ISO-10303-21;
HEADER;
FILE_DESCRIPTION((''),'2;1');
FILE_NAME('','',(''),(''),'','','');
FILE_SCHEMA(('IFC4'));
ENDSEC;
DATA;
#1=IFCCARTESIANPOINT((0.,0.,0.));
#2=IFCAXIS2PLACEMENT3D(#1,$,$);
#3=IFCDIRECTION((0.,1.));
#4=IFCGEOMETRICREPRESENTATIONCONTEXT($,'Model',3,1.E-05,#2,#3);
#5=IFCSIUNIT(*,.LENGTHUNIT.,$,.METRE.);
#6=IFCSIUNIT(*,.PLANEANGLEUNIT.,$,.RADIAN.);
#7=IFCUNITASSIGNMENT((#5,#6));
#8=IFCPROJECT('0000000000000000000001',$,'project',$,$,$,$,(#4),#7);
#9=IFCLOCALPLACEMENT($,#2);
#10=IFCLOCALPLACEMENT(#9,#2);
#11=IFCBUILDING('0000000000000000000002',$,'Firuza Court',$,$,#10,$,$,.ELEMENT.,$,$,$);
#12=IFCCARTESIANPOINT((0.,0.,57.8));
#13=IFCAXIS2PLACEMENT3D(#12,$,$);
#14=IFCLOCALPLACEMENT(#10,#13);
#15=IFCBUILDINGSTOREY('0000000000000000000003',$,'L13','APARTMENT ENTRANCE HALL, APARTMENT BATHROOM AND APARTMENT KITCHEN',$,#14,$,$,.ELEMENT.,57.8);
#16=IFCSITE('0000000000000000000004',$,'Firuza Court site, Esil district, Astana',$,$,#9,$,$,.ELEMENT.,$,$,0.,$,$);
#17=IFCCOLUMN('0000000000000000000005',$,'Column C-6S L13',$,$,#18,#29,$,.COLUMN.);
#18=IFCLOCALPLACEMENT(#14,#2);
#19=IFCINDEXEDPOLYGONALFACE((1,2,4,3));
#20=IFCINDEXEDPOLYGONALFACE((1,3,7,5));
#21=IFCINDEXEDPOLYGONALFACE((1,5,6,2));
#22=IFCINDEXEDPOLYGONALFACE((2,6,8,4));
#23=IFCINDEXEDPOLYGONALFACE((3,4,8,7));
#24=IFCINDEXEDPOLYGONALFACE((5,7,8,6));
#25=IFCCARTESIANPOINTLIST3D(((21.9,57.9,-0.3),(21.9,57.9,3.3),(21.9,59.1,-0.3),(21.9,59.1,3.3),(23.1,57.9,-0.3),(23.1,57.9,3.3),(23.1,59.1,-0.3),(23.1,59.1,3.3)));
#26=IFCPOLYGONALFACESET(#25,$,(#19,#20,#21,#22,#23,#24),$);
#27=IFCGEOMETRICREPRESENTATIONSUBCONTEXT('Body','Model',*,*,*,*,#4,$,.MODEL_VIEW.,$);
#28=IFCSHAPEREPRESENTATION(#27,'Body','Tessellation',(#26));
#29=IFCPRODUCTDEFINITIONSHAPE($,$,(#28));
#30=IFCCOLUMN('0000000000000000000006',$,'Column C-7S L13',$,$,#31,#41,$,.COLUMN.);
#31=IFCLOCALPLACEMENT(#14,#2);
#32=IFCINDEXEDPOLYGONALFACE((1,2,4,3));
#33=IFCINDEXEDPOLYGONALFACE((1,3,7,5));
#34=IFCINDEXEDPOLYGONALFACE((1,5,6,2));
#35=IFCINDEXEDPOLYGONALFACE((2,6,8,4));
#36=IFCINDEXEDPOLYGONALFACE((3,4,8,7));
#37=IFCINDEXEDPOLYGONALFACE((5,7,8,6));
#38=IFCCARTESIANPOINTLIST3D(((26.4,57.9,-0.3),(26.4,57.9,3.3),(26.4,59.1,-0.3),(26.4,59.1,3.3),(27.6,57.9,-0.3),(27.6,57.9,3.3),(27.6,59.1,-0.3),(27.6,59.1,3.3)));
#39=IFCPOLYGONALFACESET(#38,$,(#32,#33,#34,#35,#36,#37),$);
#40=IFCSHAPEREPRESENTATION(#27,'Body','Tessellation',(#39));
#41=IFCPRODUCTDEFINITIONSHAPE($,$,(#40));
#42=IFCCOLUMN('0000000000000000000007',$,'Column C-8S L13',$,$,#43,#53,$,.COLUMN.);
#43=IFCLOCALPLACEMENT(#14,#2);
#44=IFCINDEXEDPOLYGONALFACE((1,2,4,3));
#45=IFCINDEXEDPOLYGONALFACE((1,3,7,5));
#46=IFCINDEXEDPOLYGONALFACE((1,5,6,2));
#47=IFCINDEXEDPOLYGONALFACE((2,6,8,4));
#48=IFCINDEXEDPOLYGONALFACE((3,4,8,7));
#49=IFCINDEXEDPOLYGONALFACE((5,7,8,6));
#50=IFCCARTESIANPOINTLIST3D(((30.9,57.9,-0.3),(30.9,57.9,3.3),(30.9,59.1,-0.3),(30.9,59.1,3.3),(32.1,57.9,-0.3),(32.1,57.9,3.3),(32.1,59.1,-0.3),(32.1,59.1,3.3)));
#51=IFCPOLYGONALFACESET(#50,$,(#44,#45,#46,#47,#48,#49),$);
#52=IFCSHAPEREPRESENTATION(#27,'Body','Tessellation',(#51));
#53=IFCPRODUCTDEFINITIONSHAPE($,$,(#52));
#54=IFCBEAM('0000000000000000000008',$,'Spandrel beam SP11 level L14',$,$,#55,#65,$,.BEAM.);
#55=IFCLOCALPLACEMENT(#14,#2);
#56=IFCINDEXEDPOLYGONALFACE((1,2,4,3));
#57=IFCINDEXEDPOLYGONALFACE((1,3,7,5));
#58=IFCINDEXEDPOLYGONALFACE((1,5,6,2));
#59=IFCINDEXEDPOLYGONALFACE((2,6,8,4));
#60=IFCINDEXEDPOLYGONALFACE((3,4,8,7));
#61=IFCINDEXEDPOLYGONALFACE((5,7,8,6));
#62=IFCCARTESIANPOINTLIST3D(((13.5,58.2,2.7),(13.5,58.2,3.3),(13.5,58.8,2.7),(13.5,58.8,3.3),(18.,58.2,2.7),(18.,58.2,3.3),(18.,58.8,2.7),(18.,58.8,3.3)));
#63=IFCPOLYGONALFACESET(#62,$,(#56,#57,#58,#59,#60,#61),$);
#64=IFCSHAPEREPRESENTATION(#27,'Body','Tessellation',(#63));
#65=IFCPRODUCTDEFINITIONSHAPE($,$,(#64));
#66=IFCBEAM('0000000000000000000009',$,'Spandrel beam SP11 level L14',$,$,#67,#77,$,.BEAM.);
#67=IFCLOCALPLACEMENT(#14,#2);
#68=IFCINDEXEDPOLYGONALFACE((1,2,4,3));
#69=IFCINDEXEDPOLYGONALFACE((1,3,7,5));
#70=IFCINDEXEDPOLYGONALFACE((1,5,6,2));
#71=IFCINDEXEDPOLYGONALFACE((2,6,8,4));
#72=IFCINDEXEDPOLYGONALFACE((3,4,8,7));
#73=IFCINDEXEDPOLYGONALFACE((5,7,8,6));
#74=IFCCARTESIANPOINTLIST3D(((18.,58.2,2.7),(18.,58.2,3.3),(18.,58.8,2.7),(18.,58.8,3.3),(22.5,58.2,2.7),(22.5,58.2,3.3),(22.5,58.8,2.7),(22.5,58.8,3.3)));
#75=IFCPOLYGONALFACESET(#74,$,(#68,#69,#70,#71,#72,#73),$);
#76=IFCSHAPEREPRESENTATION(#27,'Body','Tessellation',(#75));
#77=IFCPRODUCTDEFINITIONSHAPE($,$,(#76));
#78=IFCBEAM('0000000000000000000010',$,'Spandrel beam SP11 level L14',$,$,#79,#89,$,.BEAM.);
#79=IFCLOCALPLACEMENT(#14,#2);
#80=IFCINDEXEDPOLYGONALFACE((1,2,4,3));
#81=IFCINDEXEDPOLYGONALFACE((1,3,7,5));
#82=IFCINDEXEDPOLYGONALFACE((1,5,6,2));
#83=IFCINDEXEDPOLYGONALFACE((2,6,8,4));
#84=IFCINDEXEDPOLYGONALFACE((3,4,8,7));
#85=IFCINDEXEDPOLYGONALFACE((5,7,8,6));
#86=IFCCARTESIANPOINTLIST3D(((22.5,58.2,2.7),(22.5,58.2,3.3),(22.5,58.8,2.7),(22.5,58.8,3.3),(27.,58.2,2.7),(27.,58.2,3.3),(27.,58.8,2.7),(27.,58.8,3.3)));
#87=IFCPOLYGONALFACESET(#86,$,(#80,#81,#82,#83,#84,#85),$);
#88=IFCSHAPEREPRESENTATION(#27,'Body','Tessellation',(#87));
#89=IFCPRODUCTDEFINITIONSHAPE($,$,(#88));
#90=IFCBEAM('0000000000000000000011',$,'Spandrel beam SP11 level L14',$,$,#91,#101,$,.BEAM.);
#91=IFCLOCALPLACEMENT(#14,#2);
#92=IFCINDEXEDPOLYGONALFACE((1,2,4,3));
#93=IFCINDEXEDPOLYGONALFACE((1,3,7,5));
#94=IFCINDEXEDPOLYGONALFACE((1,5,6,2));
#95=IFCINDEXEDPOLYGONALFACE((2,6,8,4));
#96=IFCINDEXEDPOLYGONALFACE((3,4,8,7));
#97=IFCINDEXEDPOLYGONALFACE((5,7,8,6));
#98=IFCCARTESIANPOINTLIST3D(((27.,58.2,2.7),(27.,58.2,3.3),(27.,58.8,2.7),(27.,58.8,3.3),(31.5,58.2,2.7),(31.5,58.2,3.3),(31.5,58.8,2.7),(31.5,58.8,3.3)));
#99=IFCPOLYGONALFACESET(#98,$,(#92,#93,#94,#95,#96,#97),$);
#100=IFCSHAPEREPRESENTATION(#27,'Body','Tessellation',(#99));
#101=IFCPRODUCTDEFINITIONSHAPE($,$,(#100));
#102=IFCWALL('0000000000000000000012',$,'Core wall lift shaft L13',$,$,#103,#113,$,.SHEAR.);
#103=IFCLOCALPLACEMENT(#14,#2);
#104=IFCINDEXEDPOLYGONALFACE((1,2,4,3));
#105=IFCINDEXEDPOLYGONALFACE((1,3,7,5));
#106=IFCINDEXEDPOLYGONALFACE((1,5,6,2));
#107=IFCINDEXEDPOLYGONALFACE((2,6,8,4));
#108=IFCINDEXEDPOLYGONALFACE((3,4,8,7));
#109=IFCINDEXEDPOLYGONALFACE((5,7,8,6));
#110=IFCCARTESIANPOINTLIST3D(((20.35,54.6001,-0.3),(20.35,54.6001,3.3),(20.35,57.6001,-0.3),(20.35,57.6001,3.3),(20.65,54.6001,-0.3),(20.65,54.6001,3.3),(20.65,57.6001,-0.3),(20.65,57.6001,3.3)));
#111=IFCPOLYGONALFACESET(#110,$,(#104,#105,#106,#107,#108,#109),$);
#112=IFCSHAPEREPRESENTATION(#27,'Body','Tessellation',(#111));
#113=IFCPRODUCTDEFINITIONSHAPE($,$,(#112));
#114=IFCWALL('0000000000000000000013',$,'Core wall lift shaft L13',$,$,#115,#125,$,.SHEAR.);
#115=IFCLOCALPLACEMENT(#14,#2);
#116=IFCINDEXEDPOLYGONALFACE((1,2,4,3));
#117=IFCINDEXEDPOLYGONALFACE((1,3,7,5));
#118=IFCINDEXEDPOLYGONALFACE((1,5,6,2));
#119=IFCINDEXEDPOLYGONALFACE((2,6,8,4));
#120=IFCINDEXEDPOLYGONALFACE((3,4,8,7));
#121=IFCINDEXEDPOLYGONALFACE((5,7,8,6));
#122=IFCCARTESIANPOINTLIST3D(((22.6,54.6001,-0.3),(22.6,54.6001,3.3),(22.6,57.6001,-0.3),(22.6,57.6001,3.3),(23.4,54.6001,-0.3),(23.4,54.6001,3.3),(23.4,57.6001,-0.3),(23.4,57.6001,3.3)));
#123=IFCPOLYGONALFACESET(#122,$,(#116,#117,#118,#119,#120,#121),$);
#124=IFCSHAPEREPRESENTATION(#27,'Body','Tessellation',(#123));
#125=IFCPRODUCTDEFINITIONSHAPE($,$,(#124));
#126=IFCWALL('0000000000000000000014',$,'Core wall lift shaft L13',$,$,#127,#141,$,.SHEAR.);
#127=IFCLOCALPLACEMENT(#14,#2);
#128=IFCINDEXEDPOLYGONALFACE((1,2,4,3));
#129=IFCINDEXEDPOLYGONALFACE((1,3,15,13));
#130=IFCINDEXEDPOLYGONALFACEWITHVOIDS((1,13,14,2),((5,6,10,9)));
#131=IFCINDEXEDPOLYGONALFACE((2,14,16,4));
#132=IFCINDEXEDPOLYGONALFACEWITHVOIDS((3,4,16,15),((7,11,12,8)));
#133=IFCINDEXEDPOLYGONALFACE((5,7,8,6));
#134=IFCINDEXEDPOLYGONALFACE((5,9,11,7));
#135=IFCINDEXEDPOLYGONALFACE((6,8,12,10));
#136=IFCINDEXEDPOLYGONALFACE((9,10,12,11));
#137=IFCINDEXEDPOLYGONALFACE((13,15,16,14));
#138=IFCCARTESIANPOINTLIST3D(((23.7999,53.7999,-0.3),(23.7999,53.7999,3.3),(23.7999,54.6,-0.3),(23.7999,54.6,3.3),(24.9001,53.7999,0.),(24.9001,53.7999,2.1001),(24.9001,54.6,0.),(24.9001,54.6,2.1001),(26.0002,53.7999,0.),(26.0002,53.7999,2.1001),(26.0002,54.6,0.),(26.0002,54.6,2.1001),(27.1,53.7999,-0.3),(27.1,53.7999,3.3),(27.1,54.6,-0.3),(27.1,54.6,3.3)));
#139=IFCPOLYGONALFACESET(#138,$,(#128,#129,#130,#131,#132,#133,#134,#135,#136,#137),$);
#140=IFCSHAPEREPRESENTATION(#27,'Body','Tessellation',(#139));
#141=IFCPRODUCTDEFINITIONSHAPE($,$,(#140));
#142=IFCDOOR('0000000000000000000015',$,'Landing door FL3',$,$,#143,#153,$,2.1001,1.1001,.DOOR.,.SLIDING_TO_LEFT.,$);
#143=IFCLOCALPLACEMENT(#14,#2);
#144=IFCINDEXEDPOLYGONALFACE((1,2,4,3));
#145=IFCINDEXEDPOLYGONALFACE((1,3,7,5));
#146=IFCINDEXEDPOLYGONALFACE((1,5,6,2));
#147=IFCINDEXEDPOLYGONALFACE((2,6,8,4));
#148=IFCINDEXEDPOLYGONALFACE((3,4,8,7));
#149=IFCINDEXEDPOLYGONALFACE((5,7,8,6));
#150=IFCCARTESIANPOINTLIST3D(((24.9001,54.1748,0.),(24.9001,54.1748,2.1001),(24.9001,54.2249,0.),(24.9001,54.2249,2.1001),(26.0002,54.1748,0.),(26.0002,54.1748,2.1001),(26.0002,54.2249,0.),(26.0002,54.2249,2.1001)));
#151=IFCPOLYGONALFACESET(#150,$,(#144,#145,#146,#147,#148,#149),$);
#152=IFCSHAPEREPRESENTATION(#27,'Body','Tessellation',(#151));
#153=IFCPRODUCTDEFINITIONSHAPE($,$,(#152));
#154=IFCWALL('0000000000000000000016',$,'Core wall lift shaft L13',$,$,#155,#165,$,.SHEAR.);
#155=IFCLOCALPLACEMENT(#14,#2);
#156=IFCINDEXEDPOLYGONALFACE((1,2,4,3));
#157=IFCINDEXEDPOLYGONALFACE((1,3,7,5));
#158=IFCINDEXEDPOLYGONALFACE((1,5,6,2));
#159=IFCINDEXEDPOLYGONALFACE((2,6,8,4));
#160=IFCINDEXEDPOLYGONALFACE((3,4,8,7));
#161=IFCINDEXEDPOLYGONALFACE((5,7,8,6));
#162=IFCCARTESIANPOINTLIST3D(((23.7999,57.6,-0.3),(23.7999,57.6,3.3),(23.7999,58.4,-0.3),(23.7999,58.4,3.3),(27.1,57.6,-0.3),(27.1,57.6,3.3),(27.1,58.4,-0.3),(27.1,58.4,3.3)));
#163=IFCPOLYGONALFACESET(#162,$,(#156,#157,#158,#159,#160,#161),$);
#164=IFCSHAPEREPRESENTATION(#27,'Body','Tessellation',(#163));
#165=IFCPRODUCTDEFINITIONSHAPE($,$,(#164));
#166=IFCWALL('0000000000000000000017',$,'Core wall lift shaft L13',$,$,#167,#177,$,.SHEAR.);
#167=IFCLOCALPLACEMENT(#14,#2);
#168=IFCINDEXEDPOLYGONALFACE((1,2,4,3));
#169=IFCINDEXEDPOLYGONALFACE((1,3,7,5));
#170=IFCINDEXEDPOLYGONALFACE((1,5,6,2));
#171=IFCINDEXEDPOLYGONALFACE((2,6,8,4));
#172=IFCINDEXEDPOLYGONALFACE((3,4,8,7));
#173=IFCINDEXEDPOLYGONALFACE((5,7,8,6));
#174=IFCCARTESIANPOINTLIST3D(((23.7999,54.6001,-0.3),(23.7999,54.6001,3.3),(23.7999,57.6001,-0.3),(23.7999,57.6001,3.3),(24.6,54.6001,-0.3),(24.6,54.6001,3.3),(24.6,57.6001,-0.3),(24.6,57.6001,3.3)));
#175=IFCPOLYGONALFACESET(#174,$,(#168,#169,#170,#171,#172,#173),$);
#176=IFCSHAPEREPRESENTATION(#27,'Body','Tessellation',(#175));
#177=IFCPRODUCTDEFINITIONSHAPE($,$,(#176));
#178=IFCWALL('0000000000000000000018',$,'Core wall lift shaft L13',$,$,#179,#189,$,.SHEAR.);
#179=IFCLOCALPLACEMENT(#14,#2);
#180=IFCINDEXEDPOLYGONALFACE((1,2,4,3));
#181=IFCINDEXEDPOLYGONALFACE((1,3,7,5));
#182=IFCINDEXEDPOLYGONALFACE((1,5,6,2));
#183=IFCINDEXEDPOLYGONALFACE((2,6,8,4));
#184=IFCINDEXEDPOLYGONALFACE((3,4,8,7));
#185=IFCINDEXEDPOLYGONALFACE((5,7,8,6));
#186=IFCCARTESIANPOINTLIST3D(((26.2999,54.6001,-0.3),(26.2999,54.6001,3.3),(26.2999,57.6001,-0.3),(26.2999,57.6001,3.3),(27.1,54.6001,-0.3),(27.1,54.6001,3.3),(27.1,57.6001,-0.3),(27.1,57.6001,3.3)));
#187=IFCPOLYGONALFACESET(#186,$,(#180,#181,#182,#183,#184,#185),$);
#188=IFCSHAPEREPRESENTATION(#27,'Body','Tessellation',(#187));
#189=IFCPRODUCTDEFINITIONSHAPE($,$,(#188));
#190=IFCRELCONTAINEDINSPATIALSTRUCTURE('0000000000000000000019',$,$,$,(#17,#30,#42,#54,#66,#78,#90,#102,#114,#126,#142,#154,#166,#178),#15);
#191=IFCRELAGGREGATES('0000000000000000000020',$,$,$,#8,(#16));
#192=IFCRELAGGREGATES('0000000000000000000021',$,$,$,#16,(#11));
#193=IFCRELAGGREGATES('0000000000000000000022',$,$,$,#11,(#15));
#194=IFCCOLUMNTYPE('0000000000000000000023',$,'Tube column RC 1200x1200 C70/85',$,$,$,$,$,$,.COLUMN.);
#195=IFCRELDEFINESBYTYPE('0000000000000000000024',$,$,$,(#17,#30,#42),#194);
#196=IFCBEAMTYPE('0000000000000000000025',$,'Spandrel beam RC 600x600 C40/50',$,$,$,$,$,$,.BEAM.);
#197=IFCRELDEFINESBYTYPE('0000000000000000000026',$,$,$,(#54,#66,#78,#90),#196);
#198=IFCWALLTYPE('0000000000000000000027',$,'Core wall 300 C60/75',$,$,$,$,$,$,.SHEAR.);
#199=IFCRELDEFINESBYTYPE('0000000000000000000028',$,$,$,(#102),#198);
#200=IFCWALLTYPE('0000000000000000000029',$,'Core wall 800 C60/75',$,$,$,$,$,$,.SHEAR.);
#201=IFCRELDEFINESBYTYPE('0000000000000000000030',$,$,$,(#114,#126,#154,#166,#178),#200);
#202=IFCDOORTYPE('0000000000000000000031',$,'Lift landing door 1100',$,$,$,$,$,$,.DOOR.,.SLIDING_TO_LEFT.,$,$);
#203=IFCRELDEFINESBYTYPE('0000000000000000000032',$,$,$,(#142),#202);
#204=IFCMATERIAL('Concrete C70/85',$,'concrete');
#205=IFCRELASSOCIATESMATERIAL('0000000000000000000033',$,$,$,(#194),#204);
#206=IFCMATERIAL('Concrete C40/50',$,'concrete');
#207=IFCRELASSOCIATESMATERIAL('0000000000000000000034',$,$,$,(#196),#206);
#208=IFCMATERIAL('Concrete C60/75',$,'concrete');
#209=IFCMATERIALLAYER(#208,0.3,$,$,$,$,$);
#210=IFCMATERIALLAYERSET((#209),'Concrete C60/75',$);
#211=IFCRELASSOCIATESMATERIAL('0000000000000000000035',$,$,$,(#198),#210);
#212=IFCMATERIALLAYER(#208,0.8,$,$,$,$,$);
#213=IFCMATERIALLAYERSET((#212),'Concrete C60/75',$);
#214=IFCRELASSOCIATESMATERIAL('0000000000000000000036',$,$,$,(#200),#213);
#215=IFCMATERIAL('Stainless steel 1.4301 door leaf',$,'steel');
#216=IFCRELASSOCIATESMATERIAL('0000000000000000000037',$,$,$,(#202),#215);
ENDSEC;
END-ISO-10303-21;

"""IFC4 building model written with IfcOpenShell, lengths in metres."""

from ifc_helpers import new_model, si_unit, direction, frame, frame_2d, origin, origin_2d, place, context, subcontext, project, spatial, rectangle, extrude, material, layer, layer_set, material_profile, profile_set, type_object, element, fill, save


model = new_model("IFC4")

# Units and contexts
model_context = context("Model", 3, precision=1e-05, world=origin(), true_north=direction((0.0, 1.0)))
body_context = subcontext(model_context, "Body", "Model", "MODEL_VIEW")
ifc_project = project(units=[si_unit("LENGTHUNIT", "METRE"), si_unit("PLANEANGLEUNIT", "RADIAN")], contexts=[model_context])

# Site, building, storey
site_placement = place(None, origin())
site = spatial("IfcSite", under=ifc_project, at=site_placement, Name="Firuza Court site, Esil district, Astana", CompositionType="ELEMENT", RefElevation=0.0)
building_placement = place(site_placement, origin())
building = spatial("IfcBuilding", under=site, at=building_placement, Name="Firuza Court", CompositionType="ELEMENT")
storey_placement = place(building_placement, frame((0.0, 0.0, 57.8)))
storey = spatial("IfcBuildingStorey", under=building, at=storey_placement, Name="L13", Description="APARTMENT ENTRANCE HALL, APARTMENT BATHROOM AND APARTMENT KITCHEN", CompositionType="ELEMENT", Elevation=57.8)

# Columns
ifc_material_1 = material(Name="Concrete C70/85", Category="concrete")
ifc_material_profile_1 = material_profile(ifc_material_1, rectangle(XDim=1.2, YDim=1.2, at=origin_2d()), Name="RC 1200x1200")
ifc_profile_set_1 = profile_set([ifc_material_profile_1], Name="Concrete C70/85")
column_type = type_object("IfcColumnType", Name="Tube column RC 1200x1200 C70/85", PredefinedType="COLUMN", material=ifc_profile_set_1)
for number, where, z_axis, x_axis, name in (
    (1, (22.5, 58.5, -0.3), (0.0, 0.0, 1.0), (1.0, 0.0, 0.0), "Column C-6S L13"),
    (2, (27.0, 58.5, -0.3), (0.0, 0.0, 1.0), (1.0, 0.0, 0.0), "Column C-7S L13"),
    (3, (31.5, 58.5, -0.3), (0.0, 0.0, 1.0), (1.0, 0.0, 0.0), "Column C-8S L13"),
):
    element("IfcColumn", number, at=place(storey_placement, frame(where, z_axis=z_axis, x_axis=x_axis)), inside=storey, type_object=column_type, Name=name, PredefinedType="COLUMN", context=body_context, shape_type="SweptSolid", body=[
        extrude(rectangle(XDim=1.2, YDim=1.2, at=origin_2d()), origin(), (0.0, 0.0, 1.0), 3.6001),
    ])

# Beams
ifc_material_2 = material(Name="Concrete C40/50", Category="concrete")
ifc_material_profile_2 = material_profile(ifc_material_2, rectangle(XDim=0.6001, YDim=0.6001, at=origin_2d()), Name="RC 600x600")
ifc_profile_set_2 = profile_set([ifc_material_profile_2], Name="Concrete C40/50")
beam_type = type_object("IfcBeamType", Name="Spandrel beam RC 600x600 C40/50", PredefinedType="BEAM", material=ifc_profile_set_2)
for number, where, z_axis, x_axis, name in (
    (4, (18.0, 58.5, 3.0), (-1.0, 0.0, 0.0), (0.0, -1.0, 0.0), "Spandrel beam SP11 level L14"),
    (5, (22.5, 58.5, 3.0), (-1.0, 0.0, 0.0), (0.0, -1.0, 0.0), "Spandrel beam SP11 level L14"),
    (6, (27.0, 58.5, 3.0), (-1.0, 0.0, 0.0), (0.0, -1.0, 0.0), "Spandrel beam SP11 level L14"),
    (7, (31.5, 58.5, 3.0), (-1.0, 0.0, 0.0), (0.0, -1.0, 0.0), "Spandrel beam SP11 level L14"),
):
    element("IfcBeam", number, at=place(storey_placement, frame(where, z_axis=z_axis, x_axis=x_axis)), inside=storey, type_object=beam_type, Name=name, PredefinedType="BEAM", context=body_context, shape_type="SweptSolid", body=[
        extrude(rectangle(XDim=0.6001, YDim=0.6001, at=origin_2d()), origin(), (0.0, 0.0, 1.0), 4.5),
    ])

# Walls
ifc_material_3 = material(Name="Concrete C60/75", Category="concrete")
ifc_layer_1 = layer(ifc_material_3, 0.3)
ifc_layer_set_1 = layer_set([ifc_layer_1], Name="Concrete C60/75")
wall_type_1 = type_object("IfcWallType", Name="Core wall 300 C60/75", PredefinedType="SHEAR", material=ifc_layer_set_1)
wall_1_placement = place(storey_placement, frame((20.5, 54.6001, -0.3), z_axis=(0.0, 0.0, 1.0), x_axis=(0.0, 1.0, 0.0)))
element("IfcWall", 8, at=wall_1_placement, inside=storey, type_object=wall_type_1, Name="Core wall lift shaft L13", PredefinedType="SHEAR", context=body_context, shape_type="SweptSolid", body=[
    extrude(rectangle(XDim=3.0, YDim=0.3, at=frame_2d((1.5, 0.0))), origin(), (0.0, 0.0, 1.0), 3.6001),
])
ifc_layer_2 = layer(ifc_material_3, 0.8)
ifc_layer_set_2 = layer_set([ifc_layer_2], Name="Concrete C60/75")
wall_type_2 = type_object("IfcWallType", Name="Core wall 800 C60/75", PredefinedType="SHEAR", material=ifc_layer_set_2)
wall_2_placement = place(storey_placement, frame((23.0, 54.6001, -0.3), z_axis=(0.0, 0.0, 1.0), x_axis=(0.0, 1.0, 0.0)))
element("IfcWall", 9, at=wall_2_placement, inside=storey, type_object=wall_type_2, Name="Core wall lift shaft L13", PredefinedType="SHEAR", context=body_context, shape_type="SweptSolid", body=[
    extrude(rectangle(XDim=3.0, YDim=0.8, at=frame_2d((1.5, 0.0))), origin(), (0.0, 0.0, 1.0), 3.6001),
])

# Wall, opening, door
wall_3_placement = place(storey_placement, frame((23.8, 54.2, -0.3), z_axis=(0.0, 0.0, 1.0), x_axis=(1.0, 0.0, 0.0)))
wall_3 = element("IfcWall", 10, at=wall_3_placement, inside=storey, type_object=wall_type_2, Name="Core wall lift shaft L13", PredefinedType="SHEAR", context=body_context, shape_type="SweptSolid", body=[
    extrude(rectangle(XDim=3.3, YDim=0.8, at=frame_2d((1.6499, 0.0))), origin(), (0.0, 0.0, 1.0), 3.6001),
])
opening_1_placement = place(wall_3_placement, frame((1.1001, 0.0, 0.3)))
opening_1 = element("IfcOpeningElement", 11, at=opening_1_placement, cuts=wall_3, PredefinedType="OPENING", context=body_context, shape_type="SweptSolid", body=[
    extrude(rectangle(XDim=1.1001, YDim=2.1001, at=frame_2d((0.55, 1.05))), frame((0.0, 0.4121, 0.0), z_axis=(0.0, -1.0, 0.0), x_axis=(1.0, 0.0, 0.0)), (0.0, 0.0, 1.0), 0.824),
])
ifc_material_4 = material(Name="Stainless steel 1.4301 door leaf", Category="steel")
door_type_1 = type_object("IfcDoorType", Name="Lift landing door 1100", OperationType="SLIDING_TO_LEFT", PredefinedType="DOOR", material=ifc_material_4)
door_1_placement = place(opening_1_placement, origin())
door_1 = element("IfcDoor", 12, at=door_1_placement, inside=storey, type_object=door_type_1, Name="Landing door FL3", OperationType="SLIDING_TO_LEFT", OverallHeight=2.1001, OverallWidth=1.1001, PredefinedType="DOOR", context=body_context, shape_type="SweptSolid", body=[
    extrude(rectangle(XDim=1.1001, YDim=2.1001, at=frame_2d((0.55, 1.05))), frame((0.0, 0.0249, 0.0), z_axis=(0.0, -1.0, 0.0), x_axis=(1.0, 0.0, 0.0)), (0.0, 0.0, 1.0), 0.05),
])
fill(opening_1, door_1)

# Walls
wall_4_placement = place(storey_placement, frame((23.8, 58.0, -0.3), z_axis=(0.0, 0.0, 1.0), x_axis=(1.0, 0.0, 0.0)))
element("IfcWall", 13, at=wall_4_placement, inside=storey, type_object=wall_type_2, Name="Core wall lift shaft L13", PredefinedType="SHEAR", context=body_context, shape_type="SweptSolid", body=[
    extrude(rectangle(XDim=3.3, YDim=0.8, at=frame_2d((1.6499, 0.0))), origin(), (0.0, 0.0, 1.0), 3.6001),
])
for number, where, z_axis, x_axis, name in (
    (14, (24.2, 54.6001, -0.3), (0.0, 0.0, 1.0), (0.0, 1.0, 0.0), "Core wall lift shaft L13"),
    (15, (26.7, 54.6001, -0.3), (0.0, 0.0, 1.0), (0.0, 1.0, 0.0), "Core wall lift shaft L13"),
):
    element("IfcWall", number, at=place(storey_placement, frame(where, z_axis=z_axis, x_axis=x_axis)), inside=storey, type_object=wall_type_2, Name=name, PredefinedType="SHEAR", context=body_context, shape_type="SweptSolid", body=[
        extrude(rectangle(XDim=3.0, YDim=0.8, at=frame_2d((1.5, 0.0))), origin(), (0.0, 0.0, 1.0), 3.6001),
    ])

save(model, "model.ifc")
